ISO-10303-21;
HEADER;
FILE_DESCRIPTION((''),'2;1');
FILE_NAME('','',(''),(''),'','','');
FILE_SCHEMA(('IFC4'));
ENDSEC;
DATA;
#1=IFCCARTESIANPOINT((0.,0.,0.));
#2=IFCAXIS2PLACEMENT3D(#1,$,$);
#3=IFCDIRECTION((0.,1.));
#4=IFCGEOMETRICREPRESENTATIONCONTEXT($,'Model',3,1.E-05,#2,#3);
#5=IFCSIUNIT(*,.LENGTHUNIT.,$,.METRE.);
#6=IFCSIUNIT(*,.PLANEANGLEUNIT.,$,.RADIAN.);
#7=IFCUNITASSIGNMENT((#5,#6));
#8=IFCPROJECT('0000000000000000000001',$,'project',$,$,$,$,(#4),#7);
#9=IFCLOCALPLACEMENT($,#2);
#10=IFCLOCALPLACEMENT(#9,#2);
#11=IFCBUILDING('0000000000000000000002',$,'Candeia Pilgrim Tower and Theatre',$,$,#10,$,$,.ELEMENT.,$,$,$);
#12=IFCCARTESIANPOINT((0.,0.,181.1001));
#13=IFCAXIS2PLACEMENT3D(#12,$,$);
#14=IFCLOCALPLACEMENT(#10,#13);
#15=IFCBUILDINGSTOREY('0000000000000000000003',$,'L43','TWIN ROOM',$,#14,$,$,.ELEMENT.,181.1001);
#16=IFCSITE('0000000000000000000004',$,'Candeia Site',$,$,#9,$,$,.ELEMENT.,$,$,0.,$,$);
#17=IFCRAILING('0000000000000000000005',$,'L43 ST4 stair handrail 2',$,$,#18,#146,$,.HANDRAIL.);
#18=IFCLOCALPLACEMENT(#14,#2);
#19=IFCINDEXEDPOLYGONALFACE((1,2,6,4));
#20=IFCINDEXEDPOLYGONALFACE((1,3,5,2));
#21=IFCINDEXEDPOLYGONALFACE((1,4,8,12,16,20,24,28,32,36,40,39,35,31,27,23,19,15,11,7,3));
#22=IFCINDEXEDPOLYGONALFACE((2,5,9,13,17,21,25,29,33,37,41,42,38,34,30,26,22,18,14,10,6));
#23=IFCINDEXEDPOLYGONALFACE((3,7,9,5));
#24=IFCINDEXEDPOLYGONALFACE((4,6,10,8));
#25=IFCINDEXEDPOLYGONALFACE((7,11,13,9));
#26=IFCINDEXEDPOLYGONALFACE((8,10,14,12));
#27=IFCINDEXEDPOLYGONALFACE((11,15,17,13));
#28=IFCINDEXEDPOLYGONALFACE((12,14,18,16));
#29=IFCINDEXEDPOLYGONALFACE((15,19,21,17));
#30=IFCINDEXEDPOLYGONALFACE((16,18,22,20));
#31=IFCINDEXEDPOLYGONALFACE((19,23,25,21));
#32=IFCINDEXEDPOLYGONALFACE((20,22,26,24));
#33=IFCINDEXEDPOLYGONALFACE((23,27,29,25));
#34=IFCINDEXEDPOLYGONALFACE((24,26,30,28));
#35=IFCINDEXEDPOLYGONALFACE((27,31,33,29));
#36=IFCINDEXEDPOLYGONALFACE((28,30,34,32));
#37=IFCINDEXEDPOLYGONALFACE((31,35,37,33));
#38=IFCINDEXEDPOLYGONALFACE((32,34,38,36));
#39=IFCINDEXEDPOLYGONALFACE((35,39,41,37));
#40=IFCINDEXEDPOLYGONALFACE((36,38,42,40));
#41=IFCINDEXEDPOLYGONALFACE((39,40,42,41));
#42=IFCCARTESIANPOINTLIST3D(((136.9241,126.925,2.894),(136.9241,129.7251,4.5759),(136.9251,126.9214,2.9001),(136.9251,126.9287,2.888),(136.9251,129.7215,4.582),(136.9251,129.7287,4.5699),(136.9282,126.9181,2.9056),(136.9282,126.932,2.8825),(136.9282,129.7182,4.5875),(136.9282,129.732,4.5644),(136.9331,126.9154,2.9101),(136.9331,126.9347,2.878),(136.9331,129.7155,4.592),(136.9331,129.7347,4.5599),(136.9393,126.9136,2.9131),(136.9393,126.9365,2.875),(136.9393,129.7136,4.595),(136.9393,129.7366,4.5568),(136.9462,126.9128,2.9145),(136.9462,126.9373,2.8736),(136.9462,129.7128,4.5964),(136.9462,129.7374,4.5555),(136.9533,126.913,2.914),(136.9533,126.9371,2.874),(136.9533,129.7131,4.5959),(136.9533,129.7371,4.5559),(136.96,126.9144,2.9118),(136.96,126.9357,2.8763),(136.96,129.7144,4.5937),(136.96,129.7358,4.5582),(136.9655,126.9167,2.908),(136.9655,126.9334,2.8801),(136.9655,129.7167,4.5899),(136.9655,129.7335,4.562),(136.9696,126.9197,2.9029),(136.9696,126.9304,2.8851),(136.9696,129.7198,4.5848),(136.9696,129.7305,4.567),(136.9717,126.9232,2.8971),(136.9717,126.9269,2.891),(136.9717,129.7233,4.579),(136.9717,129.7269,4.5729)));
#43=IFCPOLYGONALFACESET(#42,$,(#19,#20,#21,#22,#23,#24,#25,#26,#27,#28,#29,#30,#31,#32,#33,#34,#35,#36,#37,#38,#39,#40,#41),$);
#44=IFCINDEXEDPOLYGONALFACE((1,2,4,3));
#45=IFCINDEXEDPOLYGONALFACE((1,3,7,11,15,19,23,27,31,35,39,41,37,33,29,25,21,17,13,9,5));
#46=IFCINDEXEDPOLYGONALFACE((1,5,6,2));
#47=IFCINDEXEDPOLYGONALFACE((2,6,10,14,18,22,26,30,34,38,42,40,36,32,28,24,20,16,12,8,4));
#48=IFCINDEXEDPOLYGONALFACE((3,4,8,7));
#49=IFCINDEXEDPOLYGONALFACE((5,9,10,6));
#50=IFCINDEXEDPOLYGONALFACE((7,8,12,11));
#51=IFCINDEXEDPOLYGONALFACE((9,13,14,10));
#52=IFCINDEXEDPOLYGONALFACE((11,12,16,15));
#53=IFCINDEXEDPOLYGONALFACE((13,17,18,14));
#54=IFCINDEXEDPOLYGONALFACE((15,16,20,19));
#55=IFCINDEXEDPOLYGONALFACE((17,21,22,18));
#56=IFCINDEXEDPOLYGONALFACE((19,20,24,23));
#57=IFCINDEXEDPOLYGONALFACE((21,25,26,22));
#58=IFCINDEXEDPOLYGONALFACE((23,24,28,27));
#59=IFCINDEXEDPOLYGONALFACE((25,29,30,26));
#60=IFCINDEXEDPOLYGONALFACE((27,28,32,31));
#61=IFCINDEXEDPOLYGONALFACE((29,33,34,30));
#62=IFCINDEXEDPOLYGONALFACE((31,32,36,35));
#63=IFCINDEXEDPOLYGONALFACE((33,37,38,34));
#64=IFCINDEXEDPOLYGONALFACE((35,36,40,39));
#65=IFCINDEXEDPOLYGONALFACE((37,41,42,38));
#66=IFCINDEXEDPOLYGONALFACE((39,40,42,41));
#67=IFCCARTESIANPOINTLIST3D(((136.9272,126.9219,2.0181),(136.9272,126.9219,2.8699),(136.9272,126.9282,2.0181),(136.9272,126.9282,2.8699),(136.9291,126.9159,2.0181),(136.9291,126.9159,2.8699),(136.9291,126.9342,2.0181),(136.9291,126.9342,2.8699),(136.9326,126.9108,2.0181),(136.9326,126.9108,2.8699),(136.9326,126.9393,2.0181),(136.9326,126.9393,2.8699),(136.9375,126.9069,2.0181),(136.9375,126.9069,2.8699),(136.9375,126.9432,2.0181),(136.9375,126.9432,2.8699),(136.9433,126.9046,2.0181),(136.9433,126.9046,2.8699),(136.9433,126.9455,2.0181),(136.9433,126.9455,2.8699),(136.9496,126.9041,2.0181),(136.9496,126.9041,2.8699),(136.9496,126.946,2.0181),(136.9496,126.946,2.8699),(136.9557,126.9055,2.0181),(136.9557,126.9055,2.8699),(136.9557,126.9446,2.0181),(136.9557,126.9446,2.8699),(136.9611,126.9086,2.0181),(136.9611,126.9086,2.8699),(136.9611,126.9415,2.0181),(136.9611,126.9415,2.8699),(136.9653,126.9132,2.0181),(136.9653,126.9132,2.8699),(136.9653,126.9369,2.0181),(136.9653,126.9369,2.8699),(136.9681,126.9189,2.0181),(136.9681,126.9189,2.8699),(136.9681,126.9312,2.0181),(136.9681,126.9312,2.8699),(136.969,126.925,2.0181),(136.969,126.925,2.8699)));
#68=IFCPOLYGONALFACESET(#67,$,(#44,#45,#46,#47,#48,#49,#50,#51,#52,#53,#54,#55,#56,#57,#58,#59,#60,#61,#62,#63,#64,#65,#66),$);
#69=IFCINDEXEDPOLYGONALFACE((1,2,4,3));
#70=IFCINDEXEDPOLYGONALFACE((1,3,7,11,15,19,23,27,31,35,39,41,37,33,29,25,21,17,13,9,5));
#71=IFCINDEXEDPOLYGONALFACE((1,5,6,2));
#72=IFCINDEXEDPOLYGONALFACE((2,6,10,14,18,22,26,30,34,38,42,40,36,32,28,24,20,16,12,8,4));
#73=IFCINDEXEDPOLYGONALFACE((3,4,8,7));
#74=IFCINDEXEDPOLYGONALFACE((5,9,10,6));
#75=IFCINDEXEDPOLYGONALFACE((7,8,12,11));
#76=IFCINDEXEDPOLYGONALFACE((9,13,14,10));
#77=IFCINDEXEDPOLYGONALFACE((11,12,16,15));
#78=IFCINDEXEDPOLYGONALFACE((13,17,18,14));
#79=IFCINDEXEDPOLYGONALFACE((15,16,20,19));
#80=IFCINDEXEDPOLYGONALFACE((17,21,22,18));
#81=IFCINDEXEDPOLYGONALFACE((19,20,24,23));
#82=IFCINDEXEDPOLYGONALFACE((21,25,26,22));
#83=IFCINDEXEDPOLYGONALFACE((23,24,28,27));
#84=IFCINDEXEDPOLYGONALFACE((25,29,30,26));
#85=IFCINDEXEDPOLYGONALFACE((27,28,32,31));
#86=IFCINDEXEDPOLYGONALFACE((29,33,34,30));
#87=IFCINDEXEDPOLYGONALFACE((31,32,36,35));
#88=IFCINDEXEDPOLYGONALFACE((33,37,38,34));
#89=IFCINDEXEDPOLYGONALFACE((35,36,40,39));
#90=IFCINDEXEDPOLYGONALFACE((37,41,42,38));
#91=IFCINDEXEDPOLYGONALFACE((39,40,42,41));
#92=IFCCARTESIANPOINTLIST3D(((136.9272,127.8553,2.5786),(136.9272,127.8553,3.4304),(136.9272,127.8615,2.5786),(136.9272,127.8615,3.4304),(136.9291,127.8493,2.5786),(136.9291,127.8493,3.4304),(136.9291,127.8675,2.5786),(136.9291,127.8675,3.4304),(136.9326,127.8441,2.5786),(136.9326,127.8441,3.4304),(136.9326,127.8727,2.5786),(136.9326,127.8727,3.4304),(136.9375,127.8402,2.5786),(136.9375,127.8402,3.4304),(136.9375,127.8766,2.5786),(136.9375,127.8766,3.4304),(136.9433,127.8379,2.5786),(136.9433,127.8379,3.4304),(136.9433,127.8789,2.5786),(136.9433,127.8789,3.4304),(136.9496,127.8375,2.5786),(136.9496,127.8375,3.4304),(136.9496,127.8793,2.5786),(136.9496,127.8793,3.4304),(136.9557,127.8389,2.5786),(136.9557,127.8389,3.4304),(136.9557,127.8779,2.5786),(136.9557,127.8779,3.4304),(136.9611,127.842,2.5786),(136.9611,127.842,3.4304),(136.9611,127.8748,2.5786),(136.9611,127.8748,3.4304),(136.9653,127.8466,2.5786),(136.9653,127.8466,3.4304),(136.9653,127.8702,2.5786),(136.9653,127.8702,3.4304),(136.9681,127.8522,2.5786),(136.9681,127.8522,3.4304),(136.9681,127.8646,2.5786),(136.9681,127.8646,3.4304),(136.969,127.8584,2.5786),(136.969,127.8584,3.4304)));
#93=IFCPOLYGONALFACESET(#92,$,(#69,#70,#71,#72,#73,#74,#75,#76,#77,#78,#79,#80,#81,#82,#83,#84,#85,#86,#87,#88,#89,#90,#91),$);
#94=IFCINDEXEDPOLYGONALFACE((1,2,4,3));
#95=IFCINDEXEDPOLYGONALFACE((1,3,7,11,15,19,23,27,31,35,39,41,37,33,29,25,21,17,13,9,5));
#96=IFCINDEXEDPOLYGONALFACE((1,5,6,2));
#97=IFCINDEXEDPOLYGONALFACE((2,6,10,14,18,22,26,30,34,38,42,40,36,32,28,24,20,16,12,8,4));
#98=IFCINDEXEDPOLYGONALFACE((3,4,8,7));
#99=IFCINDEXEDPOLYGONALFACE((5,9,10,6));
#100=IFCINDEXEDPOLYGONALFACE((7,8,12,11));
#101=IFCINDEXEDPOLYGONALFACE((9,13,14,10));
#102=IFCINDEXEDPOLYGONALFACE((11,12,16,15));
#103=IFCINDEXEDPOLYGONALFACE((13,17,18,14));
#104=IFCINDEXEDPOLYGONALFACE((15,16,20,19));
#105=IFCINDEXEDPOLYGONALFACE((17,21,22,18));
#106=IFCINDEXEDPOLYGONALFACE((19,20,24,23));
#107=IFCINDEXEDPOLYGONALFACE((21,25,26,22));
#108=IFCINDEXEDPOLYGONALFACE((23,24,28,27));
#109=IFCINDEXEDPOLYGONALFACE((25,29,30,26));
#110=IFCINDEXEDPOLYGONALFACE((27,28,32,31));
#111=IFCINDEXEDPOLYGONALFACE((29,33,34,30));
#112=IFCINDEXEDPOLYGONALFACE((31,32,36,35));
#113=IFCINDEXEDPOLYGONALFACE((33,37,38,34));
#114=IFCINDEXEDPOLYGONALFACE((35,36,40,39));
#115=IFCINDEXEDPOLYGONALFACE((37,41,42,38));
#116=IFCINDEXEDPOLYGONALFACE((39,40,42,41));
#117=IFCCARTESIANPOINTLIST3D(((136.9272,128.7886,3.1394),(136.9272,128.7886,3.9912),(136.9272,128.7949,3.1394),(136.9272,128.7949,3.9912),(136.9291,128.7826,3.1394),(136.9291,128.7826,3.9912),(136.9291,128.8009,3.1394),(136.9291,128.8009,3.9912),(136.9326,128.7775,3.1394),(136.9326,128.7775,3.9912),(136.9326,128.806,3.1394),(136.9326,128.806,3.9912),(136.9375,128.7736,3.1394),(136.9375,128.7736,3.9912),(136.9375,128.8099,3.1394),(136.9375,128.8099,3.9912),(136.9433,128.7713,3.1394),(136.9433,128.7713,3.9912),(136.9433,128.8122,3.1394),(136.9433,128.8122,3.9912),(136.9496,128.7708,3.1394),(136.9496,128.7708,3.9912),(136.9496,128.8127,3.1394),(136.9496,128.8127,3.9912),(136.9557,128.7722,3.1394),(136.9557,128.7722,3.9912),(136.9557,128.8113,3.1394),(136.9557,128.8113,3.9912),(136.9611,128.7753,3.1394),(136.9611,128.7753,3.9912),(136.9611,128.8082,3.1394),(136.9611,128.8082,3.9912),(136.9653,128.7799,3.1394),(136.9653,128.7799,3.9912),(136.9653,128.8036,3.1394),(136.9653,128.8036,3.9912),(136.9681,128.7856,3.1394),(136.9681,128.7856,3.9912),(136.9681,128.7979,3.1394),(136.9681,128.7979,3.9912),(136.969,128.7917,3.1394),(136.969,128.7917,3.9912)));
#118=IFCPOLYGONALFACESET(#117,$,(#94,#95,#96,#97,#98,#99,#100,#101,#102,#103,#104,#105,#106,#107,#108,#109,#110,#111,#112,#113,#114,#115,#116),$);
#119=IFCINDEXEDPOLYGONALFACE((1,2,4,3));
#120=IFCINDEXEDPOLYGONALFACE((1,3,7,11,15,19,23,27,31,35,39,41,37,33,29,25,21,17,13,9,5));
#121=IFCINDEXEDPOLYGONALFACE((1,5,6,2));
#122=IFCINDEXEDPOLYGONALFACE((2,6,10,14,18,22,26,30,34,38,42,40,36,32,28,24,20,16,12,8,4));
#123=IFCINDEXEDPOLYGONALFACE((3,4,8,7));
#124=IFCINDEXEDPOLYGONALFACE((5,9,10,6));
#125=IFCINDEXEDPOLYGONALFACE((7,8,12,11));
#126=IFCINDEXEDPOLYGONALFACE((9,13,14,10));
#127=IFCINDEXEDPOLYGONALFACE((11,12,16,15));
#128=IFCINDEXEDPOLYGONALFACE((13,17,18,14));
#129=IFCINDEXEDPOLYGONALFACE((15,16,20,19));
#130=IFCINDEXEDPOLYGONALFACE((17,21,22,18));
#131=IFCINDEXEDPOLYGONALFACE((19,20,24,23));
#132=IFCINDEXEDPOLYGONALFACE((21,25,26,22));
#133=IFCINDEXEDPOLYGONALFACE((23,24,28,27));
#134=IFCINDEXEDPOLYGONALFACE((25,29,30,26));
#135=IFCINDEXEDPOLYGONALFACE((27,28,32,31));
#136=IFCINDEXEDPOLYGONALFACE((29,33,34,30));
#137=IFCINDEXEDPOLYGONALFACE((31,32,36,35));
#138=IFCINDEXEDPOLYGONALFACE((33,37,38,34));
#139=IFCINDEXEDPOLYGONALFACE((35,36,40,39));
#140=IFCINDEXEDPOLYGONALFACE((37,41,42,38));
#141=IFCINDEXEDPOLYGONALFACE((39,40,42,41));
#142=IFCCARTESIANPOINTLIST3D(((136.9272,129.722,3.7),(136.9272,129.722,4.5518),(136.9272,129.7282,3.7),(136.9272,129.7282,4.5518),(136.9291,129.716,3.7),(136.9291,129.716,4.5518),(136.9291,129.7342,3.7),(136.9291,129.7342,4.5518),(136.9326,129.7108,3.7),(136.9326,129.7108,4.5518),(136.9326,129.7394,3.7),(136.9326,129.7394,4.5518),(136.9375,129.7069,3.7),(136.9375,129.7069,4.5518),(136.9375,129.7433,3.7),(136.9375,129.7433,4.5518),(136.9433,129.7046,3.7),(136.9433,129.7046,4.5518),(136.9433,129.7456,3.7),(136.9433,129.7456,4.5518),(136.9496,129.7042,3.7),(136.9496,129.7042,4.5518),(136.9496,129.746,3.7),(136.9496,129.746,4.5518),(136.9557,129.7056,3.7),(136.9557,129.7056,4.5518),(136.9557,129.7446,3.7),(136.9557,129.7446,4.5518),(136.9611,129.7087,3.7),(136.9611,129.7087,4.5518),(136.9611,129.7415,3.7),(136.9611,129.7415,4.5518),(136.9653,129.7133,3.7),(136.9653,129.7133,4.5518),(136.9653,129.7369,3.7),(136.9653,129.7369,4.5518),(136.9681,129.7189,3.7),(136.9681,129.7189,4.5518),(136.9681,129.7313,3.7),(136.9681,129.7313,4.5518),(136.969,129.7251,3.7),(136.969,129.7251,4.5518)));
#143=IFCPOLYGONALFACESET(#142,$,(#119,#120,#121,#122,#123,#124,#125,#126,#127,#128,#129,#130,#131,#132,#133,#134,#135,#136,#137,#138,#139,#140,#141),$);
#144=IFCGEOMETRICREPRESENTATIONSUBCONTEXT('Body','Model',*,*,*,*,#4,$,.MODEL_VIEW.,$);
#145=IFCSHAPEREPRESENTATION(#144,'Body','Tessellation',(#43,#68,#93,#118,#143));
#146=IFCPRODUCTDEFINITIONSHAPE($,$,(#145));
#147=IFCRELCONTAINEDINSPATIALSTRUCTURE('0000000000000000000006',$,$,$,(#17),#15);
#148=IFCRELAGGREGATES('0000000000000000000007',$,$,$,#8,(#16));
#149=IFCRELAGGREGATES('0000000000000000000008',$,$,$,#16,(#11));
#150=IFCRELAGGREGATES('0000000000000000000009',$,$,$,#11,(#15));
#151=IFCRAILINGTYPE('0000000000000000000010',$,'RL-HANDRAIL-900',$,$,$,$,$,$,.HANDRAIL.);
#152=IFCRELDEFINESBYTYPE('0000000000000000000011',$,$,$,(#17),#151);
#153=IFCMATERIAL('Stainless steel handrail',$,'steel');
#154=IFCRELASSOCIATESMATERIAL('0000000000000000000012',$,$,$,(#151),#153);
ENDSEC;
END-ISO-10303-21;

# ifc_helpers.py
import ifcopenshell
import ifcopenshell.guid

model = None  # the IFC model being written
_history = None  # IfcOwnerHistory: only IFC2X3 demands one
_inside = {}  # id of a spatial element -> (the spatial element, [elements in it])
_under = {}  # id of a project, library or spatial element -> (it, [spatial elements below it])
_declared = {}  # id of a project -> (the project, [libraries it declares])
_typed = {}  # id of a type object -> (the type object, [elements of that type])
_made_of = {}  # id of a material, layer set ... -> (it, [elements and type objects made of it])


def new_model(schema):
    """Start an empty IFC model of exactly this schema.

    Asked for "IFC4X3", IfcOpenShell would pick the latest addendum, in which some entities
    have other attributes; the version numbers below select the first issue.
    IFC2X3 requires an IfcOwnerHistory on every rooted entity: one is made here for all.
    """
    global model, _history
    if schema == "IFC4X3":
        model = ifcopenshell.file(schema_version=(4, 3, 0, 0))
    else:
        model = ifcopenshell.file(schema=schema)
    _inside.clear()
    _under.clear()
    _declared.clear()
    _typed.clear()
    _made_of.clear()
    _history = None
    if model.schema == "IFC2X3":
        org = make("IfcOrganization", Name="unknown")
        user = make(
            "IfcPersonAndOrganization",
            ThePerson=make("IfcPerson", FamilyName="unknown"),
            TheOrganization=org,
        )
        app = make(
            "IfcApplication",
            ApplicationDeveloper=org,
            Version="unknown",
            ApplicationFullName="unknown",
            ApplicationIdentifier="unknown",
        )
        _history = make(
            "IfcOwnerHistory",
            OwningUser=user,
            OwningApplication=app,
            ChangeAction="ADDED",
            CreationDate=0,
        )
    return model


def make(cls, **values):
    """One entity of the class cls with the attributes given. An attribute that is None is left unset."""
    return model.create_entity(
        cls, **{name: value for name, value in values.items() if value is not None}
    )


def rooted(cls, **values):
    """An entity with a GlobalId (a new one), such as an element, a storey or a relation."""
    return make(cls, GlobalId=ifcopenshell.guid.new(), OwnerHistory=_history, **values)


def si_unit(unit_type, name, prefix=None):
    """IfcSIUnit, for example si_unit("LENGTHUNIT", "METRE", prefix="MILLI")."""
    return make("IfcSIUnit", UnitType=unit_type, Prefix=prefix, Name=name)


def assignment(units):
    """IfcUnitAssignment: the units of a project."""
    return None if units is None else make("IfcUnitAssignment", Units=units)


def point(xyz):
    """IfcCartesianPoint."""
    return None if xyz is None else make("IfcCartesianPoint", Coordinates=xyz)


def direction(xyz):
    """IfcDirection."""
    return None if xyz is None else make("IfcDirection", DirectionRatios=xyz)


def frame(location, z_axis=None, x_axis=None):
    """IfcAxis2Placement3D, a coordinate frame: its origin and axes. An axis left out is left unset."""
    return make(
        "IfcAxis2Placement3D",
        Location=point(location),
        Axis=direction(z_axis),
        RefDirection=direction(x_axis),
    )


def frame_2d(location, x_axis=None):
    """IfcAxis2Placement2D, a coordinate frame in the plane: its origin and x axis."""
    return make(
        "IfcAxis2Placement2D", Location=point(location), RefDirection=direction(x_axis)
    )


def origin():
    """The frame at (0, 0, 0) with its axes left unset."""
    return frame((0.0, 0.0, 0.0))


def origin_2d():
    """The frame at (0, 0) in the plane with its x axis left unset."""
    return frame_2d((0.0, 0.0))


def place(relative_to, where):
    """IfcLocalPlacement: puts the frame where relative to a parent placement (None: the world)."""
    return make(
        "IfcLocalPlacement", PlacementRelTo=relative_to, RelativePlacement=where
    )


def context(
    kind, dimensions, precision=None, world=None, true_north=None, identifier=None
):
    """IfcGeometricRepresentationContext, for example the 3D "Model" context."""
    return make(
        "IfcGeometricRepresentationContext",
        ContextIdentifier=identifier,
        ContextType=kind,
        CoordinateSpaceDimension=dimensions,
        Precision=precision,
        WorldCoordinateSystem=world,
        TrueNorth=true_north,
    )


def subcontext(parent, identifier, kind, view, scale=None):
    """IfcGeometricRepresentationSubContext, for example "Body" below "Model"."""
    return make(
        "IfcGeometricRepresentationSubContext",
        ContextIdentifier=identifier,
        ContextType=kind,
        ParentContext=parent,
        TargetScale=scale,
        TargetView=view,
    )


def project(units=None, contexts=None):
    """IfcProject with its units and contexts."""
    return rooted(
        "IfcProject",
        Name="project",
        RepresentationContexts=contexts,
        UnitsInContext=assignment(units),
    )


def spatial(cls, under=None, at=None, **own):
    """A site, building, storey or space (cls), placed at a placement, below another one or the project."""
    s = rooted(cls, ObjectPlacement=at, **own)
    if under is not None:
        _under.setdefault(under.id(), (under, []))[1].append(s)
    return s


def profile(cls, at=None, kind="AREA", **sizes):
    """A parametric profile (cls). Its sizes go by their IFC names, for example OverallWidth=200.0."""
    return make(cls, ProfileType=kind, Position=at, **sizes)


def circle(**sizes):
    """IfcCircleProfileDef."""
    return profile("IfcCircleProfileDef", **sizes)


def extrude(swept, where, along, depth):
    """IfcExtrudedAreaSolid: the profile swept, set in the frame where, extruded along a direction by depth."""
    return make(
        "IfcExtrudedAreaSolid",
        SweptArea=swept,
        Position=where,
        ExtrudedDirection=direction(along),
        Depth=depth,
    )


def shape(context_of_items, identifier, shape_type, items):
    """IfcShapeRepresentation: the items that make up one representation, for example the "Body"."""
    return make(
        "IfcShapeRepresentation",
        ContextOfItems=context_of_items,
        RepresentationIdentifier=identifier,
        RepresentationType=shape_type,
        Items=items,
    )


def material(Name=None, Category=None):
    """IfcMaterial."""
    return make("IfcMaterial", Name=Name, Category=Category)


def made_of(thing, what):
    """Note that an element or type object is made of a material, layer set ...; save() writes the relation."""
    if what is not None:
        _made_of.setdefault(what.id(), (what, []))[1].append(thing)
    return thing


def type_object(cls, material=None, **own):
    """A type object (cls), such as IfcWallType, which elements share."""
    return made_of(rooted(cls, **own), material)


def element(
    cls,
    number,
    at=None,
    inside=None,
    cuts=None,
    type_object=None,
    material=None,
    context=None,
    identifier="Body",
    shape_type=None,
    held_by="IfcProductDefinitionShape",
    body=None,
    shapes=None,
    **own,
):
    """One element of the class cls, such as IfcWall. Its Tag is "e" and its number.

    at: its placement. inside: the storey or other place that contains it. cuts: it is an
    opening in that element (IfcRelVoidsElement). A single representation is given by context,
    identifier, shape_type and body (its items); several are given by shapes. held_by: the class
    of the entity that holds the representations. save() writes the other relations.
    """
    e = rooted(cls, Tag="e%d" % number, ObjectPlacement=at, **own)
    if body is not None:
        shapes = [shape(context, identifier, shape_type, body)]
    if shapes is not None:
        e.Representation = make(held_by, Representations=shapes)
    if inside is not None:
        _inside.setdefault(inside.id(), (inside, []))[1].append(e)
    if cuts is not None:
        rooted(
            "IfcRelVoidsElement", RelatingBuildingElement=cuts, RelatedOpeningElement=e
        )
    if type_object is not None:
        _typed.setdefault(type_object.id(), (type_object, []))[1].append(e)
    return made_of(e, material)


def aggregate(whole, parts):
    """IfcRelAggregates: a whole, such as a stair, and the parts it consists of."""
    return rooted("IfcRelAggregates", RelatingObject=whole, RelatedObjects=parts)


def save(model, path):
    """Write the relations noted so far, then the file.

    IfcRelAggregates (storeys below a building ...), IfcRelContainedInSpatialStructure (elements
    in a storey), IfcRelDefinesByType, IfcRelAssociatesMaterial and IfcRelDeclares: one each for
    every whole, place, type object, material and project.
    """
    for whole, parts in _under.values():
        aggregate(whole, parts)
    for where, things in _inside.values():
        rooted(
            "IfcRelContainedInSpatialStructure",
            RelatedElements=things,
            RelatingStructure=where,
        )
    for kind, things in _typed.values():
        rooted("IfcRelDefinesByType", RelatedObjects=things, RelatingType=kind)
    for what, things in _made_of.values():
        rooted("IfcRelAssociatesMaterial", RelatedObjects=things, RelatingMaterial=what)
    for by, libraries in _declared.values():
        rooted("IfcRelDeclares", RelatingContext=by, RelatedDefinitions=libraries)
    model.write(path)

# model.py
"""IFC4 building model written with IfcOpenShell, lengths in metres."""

from ifc_helpers import new_model, si_unit, direction, frame, origin, origin_2d, place, context, subcontext, project, spatial, circle, extrude, material, type_object, element, save


model = new_model("IFC4")

# Units and contexts
model_context = context("Model", 3, precision=1e-05, world=origin(), true_north=direction((0.0, 1.0)))
body_context = subcontext(model_context, "Body", "Model", "MODEL_VIEW")
ifc_project = project(units=[si_unit("LENGTHUNIT", "METRE"), si_unit("PLANEANGLEUNIT", "RADIAN")], contexts=[model_context])

# Site, building, storey
site_placement = place(None, origin())
site = spatial("IfcSite", under=ifc_project, at=site_placement, Name="Candeia Site", CompositionType="ELEMENT", RefElevation=0.0)
building_placement = place(site_placement, origin())
building = spatial("IfcBuilding", under=site, at=building_placement, Name="Candeia Pilgrim Tower and Theatre", CompositionType="ELEMENT")
storey_placement = place(building_placement, frame((0.0, 0.0, 181.1001)))
storey = spatial("IfcBuildingStorey", under=building, at=storey_placement, Name="L43", Description="TWIN ROOM", CompositionType="ELEMENT", Elevation=181.1001)

# Railing
ifc_material_1 = material(Name="Stainless steel handrail", Category="steel")
railing_type_1 = type_object("IfcRailingType", Name="RL-HANDRAIL-900", PredefinedType="HANDRAIL", material=ifc_material_1)
railing_1_placement = place(storey_placement, frame((136.948, 126.925, 2.0181)))
element("IfcRailing", 1, at=railing_1_placement, inside=storey, type_object=railing_type_1, Name="L43 ST4 stair handrail 2", PredefinedType="HANDRAIL", context=body_context, shape_type="SweptSolid", body=[
    extrude(circle(Radius=0.0239, at=origin_2d()), frame((0.0, 0.0, 0.876), z_axis=(0.0, 0.857242, 0.514913), x_axis=(-1.0, 0.0, 0.0)), (0.0, 0.0, 1.0), 3.2664),
    extrude(circle(Radius=0.021, at=origin_2d()), origin(), (0.0, 0.0, 1.0), 0.8518),
    extrude(circle(Radius=0.021, at=origin_2d()), frame((0.0, 0.9333, 0.5605)), (0.0, 0.0, 1.0), 0.8518),
    extrude(circle(Radius=0.021, at=origin_2d()), frame((0.0, 1.8667, 1.1213)), (0.0, 0.0, 1.0), 0.8518),
    extrude(circle(Radius=0.021, at=origin_2d()), frame((0.0, 2.8, 1.6819)), (0.0, 0.0, 1.0), 0.8518),
])

save(model, "model.ifc")
